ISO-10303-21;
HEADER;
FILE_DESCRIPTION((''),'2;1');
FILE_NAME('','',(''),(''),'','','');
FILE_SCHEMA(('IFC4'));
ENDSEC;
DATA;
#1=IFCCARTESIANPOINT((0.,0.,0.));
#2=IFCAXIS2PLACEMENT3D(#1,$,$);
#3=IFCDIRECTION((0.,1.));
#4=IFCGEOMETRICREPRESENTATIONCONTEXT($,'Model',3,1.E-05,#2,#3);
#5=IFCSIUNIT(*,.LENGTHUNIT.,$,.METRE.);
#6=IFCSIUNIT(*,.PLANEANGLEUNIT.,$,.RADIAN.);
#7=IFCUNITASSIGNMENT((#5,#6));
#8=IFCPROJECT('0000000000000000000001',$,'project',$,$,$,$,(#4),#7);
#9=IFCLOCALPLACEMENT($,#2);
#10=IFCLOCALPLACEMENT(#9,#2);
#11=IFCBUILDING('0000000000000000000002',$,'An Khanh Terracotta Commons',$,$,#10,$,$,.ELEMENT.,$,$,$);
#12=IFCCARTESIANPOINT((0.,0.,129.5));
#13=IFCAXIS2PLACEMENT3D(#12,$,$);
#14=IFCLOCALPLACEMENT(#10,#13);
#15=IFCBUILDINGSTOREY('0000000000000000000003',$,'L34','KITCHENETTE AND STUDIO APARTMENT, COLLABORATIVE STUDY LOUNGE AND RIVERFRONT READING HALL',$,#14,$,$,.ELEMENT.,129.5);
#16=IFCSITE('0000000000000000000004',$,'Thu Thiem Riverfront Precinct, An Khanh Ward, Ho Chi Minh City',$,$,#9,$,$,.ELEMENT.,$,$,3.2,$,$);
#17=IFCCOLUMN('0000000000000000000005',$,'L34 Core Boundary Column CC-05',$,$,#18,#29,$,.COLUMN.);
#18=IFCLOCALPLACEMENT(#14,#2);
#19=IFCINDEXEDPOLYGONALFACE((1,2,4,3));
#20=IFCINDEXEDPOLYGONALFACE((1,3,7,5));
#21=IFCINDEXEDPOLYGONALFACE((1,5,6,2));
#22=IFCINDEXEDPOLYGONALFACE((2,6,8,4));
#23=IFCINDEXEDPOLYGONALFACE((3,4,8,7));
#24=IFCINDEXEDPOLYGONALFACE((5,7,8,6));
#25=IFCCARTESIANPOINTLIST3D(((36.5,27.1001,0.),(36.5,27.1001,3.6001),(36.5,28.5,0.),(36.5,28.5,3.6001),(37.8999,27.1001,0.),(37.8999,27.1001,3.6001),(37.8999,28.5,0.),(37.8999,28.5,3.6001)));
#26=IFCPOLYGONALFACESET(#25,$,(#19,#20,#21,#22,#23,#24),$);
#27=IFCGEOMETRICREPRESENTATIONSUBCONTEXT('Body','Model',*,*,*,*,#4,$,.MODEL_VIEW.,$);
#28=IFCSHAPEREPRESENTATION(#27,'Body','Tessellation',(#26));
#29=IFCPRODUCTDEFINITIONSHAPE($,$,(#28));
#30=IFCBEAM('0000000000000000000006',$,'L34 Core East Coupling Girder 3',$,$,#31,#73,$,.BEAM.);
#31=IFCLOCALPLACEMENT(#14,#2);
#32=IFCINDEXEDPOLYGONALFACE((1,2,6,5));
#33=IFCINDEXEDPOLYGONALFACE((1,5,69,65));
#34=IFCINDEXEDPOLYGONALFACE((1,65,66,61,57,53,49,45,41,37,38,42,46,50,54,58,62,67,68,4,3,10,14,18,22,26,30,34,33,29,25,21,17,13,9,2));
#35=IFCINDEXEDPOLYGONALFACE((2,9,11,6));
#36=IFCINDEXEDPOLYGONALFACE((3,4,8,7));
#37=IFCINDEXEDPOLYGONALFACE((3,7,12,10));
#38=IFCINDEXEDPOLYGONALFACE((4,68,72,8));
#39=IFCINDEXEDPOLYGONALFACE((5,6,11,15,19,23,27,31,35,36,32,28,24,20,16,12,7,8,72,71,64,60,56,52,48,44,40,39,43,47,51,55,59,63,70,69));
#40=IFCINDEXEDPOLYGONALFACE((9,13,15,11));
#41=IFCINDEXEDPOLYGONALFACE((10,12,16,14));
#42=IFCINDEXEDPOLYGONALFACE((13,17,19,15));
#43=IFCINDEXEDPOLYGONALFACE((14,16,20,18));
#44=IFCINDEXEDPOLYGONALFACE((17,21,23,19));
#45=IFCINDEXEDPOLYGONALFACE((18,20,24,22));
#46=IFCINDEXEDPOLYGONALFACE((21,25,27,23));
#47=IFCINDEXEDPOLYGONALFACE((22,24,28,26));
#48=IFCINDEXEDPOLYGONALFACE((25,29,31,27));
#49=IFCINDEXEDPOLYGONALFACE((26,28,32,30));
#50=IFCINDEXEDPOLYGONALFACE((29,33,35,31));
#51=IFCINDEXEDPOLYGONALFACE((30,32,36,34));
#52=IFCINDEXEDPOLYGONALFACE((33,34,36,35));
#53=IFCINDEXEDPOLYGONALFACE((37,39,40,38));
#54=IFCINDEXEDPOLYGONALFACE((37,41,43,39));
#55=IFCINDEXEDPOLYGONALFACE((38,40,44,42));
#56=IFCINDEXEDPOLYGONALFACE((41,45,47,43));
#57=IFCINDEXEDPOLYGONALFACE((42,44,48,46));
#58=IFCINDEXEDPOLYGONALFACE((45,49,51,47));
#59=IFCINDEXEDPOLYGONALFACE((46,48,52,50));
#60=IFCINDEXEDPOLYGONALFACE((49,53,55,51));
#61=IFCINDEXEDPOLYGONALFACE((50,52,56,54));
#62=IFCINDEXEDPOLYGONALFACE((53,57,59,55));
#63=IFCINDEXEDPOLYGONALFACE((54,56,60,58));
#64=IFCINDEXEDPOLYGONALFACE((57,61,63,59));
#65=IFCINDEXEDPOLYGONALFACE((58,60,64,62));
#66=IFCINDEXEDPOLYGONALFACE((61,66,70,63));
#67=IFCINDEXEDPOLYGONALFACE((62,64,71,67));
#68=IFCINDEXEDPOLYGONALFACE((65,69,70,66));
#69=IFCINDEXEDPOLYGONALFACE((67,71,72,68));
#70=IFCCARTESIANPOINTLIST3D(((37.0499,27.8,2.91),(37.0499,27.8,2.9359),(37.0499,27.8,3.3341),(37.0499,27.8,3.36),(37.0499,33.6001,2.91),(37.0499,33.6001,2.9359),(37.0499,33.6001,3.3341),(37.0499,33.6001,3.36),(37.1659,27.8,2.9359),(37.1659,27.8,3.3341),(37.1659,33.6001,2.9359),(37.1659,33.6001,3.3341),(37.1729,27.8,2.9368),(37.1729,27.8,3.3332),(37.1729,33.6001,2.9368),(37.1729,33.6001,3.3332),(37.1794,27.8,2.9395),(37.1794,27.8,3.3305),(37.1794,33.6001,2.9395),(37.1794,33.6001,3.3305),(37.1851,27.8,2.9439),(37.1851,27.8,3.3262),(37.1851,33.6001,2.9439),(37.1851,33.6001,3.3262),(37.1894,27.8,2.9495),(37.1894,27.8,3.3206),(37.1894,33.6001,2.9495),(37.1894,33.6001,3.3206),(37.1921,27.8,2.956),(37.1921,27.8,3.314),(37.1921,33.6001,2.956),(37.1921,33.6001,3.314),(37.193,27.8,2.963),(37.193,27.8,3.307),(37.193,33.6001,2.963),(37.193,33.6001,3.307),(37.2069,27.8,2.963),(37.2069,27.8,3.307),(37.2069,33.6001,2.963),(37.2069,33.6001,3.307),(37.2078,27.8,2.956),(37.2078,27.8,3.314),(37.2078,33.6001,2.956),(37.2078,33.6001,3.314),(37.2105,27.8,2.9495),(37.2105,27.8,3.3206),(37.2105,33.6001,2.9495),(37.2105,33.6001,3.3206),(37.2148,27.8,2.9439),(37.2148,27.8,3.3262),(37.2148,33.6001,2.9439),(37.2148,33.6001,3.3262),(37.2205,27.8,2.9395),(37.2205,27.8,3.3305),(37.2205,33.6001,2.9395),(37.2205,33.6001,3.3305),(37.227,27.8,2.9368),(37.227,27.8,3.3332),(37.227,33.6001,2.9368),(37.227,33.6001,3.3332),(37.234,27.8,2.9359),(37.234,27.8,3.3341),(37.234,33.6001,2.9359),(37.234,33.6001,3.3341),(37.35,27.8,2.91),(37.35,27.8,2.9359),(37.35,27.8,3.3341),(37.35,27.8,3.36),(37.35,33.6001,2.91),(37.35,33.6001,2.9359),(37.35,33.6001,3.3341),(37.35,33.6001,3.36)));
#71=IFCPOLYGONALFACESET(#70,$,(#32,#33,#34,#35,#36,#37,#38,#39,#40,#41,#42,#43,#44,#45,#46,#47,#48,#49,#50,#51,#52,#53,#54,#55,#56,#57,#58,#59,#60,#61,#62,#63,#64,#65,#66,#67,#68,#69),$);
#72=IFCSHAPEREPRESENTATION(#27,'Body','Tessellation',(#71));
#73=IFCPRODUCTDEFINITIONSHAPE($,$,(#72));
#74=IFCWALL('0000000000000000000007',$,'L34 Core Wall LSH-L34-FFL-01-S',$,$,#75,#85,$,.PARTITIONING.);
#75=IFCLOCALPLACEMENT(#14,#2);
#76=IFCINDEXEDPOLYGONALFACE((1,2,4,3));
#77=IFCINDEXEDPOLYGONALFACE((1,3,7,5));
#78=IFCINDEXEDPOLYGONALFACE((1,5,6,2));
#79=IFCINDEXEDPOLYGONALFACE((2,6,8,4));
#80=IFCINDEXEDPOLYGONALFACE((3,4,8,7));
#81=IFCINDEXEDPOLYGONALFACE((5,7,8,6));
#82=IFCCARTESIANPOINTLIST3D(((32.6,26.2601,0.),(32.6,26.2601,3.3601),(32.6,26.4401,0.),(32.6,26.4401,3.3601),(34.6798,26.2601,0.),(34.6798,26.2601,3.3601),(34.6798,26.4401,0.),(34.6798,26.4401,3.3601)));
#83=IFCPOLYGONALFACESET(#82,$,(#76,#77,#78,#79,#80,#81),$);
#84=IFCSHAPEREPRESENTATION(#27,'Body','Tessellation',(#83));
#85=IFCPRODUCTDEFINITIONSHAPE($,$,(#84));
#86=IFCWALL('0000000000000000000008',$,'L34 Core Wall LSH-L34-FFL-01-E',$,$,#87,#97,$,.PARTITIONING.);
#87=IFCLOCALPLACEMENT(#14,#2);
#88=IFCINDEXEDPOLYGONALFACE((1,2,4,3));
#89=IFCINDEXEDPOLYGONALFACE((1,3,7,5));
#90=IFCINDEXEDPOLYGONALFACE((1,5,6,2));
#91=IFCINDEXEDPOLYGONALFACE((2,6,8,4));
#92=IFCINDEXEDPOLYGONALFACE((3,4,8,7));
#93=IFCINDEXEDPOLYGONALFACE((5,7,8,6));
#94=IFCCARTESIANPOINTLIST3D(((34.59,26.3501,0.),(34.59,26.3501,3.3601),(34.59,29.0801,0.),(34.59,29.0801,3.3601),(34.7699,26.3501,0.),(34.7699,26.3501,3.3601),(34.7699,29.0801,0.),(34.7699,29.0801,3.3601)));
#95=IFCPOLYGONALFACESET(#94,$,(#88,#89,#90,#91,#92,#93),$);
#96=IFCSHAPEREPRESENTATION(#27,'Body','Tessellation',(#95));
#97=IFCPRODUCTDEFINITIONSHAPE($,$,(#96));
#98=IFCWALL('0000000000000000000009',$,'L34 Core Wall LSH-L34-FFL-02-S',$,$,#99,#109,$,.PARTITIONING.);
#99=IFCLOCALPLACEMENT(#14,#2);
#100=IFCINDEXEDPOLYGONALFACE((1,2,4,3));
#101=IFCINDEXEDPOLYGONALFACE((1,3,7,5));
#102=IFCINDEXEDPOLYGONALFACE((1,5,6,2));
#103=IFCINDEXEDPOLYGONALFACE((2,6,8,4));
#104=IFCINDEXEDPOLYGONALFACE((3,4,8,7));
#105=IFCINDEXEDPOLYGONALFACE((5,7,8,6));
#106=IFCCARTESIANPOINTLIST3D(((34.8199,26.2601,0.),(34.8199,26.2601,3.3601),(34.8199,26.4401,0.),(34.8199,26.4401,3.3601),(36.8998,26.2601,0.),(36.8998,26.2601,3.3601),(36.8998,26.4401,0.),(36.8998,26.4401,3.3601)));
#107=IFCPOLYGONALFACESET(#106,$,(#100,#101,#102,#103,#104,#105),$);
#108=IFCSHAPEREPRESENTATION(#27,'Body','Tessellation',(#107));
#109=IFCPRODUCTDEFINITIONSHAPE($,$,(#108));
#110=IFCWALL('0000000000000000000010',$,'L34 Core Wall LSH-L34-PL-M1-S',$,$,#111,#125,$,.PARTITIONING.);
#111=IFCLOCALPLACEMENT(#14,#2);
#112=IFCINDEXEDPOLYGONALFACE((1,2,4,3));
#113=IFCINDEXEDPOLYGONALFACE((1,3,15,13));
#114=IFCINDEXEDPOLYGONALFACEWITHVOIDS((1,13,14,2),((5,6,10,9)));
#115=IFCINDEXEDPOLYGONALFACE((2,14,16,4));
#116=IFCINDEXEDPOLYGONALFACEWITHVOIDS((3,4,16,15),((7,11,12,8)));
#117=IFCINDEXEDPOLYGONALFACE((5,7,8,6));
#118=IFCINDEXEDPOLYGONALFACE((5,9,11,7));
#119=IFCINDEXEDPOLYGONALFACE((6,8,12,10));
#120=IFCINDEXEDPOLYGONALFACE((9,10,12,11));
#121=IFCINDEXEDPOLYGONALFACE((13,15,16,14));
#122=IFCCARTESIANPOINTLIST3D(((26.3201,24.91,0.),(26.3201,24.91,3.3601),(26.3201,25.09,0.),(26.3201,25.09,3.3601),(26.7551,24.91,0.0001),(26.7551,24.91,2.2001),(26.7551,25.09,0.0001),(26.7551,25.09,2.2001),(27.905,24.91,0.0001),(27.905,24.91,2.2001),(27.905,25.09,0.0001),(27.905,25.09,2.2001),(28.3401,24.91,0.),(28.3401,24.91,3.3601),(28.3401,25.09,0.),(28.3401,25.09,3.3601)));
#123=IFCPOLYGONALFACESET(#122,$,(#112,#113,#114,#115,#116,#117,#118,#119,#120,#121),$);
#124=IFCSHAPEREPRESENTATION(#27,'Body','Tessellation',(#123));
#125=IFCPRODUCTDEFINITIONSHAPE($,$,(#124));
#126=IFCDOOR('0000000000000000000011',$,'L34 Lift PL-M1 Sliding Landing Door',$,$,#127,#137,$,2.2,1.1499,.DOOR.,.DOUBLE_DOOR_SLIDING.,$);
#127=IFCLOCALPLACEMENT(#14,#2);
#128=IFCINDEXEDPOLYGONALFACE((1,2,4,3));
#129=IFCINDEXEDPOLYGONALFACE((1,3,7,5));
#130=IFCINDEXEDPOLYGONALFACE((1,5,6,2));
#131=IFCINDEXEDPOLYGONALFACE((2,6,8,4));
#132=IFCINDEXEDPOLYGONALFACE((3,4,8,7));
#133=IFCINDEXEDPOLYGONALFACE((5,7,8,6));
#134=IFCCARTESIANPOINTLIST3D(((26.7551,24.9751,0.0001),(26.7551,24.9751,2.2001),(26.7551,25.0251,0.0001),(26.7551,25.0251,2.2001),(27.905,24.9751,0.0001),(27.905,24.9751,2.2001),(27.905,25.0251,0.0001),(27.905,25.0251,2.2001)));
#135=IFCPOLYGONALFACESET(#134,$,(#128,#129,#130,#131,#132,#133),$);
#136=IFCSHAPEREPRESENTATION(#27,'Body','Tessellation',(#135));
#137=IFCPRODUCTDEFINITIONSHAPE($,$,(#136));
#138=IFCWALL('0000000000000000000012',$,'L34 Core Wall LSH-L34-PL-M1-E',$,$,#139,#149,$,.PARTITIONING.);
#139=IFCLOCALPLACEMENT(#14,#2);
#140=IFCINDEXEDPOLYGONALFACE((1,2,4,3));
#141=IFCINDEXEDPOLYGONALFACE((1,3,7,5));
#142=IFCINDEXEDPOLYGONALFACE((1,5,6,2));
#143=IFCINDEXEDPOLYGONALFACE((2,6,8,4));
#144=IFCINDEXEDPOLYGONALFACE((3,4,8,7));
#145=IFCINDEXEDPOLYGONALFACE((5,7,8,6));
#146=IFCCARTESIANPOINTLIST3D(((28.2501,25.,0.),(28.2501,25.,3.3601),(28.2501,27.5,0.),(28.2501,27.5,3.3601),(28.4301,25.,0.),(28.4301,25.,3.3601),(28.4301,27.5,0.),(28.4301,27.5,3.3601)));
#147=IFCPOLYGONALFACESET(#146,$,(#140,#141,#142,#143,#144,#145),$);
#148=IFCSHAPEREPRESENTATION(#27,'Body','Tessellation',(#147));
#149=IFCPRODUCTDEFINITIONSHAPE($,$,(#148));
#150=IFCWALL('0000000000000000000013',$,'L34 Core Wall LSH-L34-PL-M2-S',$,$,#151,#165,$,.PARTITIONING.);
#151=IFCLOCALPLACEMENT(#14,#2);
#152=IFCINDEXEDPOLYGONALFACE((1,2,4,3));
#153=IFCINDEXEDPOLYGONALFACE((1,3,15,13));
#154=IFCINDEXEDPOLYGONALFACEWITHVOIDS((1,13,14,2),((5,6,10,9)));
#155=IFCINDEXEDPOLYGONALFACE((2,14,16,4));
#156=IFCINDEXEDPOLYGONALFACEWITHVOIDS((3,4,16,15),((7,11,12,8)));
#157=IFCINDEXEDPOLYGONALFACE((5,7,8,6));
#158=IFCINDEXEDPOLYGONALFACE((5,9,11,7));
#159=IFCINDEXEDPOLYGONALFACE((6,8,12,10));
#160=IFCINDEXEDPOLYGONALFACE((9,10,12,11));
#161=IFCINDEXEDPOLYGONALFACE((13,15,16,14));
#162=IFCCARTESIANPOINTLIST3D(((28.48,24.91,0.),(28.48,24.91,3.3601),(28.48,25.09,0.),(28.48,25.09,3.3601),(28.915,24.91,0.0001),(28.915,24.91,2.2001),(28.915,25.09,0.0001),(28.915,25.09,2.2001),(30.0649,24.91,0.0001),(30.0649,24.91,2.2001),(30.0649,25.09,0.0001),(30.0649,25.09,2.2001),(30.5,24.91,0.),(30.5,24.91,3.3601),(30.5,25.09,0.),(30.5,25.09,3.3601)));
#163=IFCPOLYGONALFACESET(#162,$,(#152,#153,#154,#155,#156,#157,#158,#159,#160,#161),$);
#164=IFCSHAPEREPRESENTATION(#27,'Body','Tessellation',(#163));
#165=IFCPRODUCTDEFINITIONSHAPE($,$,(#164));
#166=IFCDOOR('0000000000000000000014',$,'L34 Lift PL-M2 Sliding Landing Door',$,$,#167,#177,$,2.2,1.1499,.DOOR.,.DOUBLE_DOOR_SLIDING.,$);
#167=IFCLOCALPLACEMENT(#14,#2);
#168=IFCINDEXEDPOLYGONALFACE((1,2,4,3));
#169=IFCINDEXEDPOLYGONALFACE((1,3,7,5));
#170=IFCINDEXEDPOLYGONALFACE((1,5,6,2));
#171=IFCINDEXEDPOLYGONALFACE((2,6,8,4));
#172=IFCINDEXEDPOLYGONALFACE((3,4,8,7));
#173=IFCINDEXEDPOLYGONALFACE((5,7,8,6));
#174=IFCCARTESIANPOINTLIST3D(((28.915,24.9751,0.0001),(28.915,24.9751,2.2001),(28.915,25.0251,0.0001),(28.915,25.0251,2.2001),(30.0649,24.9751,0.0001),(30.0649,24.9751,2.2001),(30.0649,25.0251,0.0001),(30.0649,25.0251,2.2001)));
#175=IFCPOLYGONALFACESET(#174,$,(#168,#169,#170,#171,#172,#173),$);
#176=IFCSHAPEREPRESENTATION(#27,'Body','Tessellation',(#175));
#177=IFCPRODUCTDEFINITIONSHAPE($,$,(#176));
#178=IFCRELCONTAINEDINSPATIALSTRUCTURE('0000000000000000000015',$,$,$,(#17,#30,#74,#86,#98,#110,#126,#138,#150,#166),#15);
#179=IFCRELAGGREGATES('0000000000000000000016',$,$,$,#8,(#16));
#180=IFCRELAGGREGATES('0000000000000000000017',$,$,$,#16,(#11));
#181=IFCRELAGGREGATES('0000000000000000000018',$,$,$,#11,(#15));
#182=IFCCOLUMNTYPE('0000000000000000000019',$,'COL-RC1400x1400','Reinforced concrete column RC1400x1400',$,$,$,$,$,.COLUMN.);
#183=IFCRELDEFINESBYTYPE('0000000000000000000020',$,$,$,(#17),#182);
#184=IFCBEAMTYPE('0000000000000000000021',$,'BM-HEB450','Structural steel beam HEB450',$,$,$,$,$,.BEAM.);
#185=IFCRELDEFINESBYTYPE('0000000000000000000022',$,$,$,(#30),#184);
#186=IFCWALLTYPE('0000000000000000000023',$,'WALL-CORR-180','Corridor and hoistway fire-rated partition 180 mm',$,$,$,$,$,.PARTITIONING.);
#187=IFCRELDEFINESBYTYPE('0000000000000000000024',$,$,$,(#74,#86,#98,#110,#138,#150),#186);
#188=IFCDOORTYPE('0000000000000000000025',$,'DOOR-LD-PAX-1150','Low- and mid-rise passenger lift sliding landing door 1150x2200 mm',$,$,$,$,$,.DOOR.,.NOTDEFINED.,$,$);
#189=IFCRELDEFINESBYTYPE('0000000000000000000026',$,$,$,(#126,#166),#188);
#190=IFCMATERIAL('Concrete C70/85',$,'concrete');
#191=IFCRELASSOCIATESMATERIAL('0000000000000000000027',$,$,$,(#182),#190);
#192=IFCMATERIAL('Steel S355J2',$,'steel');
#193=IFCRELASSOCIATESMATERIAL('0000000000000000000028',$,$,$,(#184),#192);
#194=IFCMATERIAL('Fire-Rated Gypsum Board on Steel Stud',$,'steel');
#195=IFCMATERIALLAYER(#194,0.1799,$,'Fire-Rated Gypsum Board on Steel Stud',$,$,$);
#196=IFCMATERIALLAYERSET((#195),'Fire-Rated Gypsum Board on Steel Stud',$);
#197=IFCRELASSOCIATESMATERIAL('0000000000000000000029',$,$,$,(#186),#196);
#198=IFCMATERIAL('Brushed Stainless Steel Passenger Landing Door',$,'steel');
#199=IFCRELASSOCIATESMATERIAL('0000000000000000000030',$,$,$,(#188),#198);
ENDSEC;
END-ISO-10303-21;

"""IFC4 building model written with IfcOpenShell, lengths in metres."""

from ifc_helpers import new_model, si_unit, direction, frame, frame_2d, origin, origin_2d, place, context, subcontext, project, spatial, rectangle, i_section, extrude, material, layer, layer_set, material_profile, profile_set, type_object, element, fill, save


model = new_model("IFC4")

# Units and contexts
model_context = context("Model", 3, precision=1e-05, world=origin(), true_north=direction((0.0, 1.0)))
body_context = subcontext(model_context, "Body", "Model", "MODEL_VIEW")
ifc_project = project(units=[si_unit("LENGTHUNIT", "METRE"), si_unit("PLANEANGLEUNIT", "RADIAN")], contexts=[model_context])

# Site, building, storey
site_placement = place(None, origin())
site = spatial("IfcSite", under=ifc_project, at=site_placement, Name="Thu Thiem Riverfront Precinct, An Khanh Ward, Ho Chi Minh City", CompositionType="ELEMENT", RefElevation=3.2)
building_placement = place(site_placement, origin())
building = spatial("IfcBuilding", under=site, at=building_placement, Name="An Khanh Terracotta Commons", CompositionType="ELEMENT")
storey_placement = place(building_placement, frame((0.0, 0.0, 129.5)))
storey = spatial("IfcBuildingStorey", under=building, at=storey_placement, Name="L34", Description="KITCHENETTE AND STUDIO APARTMENT, COLLABORATIVE STUDY LOUNGE AND RIVERFRONT READING HALL", CompositionType="ELEMENT", Elevation=129.5)

# Column
ifc_material_1 = material(Name="Concrete C70/85", Category="concrete")
ifc_material_profile_1 = material_profile(ifc_material_1, rectangle(XDim=1.3999, YDim=1.3999, at=origin_2d()), Name="RC1400x1400")
ifc_profile_set_1 = profile_set([ifc_material_profile_1], Name="Concrete C70/85")
column_type = type_object("IfcColumnType", Name="COL-RC1400x1400", Description="Reinforced concrete column RC1400x1400", PredefinedType="COLUMN", material=ifc_profile_set_1)
column_placement = place(storey_placement, frame((37.2, 27.8, 0.0), z_axis=(0.0, 0.0, 1.0), x_axis=(1.0, 0.0, 0.0)))
element("IfcColumn", 1, at=column_placement, inside=storey, type_object=column_type, Name="L34 Core Boundary Column CC-05", PredefinedType="COLUMN", context=body_context, shape_type="SweptSolid", body=[
    extrude(rectangle(XDim=1.3999, YDim=1.3999, at=origin_2d()), origin(), (0.0, 0.0, 1.0), 3.6001),
])

# Beam
ifc_material_2 = material(Name="Steel S355J2", Category="steel")
ifc_material_profile_2 = material_profile(ifc_material_2, i_section(OverallWidth=0.3, OverallDepth=0.45, WebThickness=0.0139, FlangeThickness=0.0259, FilletRadius=0.0271, at=origin_2d()), Name="HEB450")
ifc_profile_set_2 = profile_set([ifc_material_profile_2], Name="Steel S355J2")
beam_type = type_object("IfcBeamType", Name="BM-HEB450", Description="Structural steel beam HEB450", PredefinedType="BEAM", material=ifc_profile_set_2)
beam_placement = place(storey_placement, frame((37.2, 27.8, 3.135), z_axis=(0.0, 1.0, 0.0), x_axis=(-1.0, 0.0, 0.0)))
element("IfcBeam", 2, at=beam_placement, inside=storey, type_object=beam_type, Name="L34 Core East Coupling Girder 3", PredefinedType="BEAM", context=body_context, shape_type="SweptSolid", body=[
    extrude(i_section(OverallWidth=0.3, OverallDepth=0.45, WebThickness=0.0139, FlangeThickness=0.0259, FilletRadius=0.0271, at=origin_2d()), origin(), (0.0, 0.0, 1.0), 5.8),
])

# Walls
ifc_material_3 = material(Name="Fire-Rated Gypsum Board on Steel Stud", Category="steel")
ifc_layer_1 = layer(ifc_material_3, 0.1799, Name="Fire-Rated Gypsum Board on Steel Stud")
ifc_layer_set_1 = layer_set([ifc_layer_1], Name="Fire-Rated Gypsum Board on Steel Stud")
wall_type_1 = type_object("IfcWallType", Name="WALL-CORR-180", Description="Corridor and hoistway fire-rated partition 180 mm", PredefinedType="PARTITIONING", material=ifc_layer_set_1)
wall_1_placement = place(storey_placement, frame((34.6799, 26.3501, 0.0), z_axis=(0.0, 0.0, 1.0), x_axis=(-1.0, 0.0, 0.0)))
element("IfcWall", 3, at=wall_1_placement, inside=storey, type_object=wall_type_1, Name="L34 Core Wall LSH-L34-FFL-01-S", PredefinedType="PARTITIONING", context=body_context, shape_type="SweptSolid", body=[
    extrude(rectangle(XDim=2.0798, YDim=0.1799, at=frame_2d((1.04, 0.0))), origin(), (0.0, 0.0, 1.0), 3.3601),
])
wall_2_placement = place(storey_placement, frame((34.6799, 26.3501, 0.0), z_axis=(0.0, 0.0, 1.0), x_axis=(0.0, 1.0, 0.0)))
element("IfcWall", 4, at=wall_2_placement, inside=storey, type_object=wall_type_1, Name="L34 Core Wall LSH-L34-FFL-01-E", PredefinedType="PARTITIONING", context=body_context, shape_type="SweptSolid", body=[
    extrude(rectangle(XDim=2.73, YDim=0.1799, at=frame_2d((1.365, 0.0))), origin(), (0.0, 0.0, 1.0), 3.3601),
])
wall_3_placement = place(storey_placement, frame((36.8999, 26.3501, 0.0), z_axis=(0.0, 0.0, 1.0), x_axis=(-1.0, 0.0, 0.0)))
element("IfcWall", 5, at=wall_3_placement, inside=storey, type_object=wall_type_1, Name="L34 Core Wall LSH-L34-FFL-02-S", PredefinedType="PARTITIONING", context=body_context, shape_type="SweptSolid", body=[
    extrude(rectangle(XDim=2.0798, YDim=0.1799, at=frame_2d((1.04, 0.0))), origin(), (0.0, 0.0, 1.0), 3.3601),
])

# Wall, opening, door
wall_4_placement = place(storey_placement, frame((28.3401, 25.0, 0.0), z_axis=(0.0, 0.0, 1.0), x_axis=(-1.0, 0.0, 0.0)))
wall_4 = element("IfcWall", 6, at=wall_4_placement, inside=storey, type_object=wall_type_1, Name="L34 Core Wall LSH-L34-PL-M1-S", PredefinedType="PARTITIONING", context=body_context, shape_type="SweptSolid", body=[
    extrude(rectangle(XDim=2.02, YDim=0.1799, at=frame_2d((1.01, 0.0))), origin(), (0.0, 0.0, 1.0), 3.3601),
])
opening_1_placement = place(wall_4_placement, frame((0.4351, 0.0, 0.0)))
opening_1 = element("IfcOpeningElement", 7, at=opening_1_placement, cuts=wall_4, PredefinedType="OPENING", context=body_context, shape_type="SweptSolid", body=[
    extrude(rectangle(XDim=1.1499, YDim=2.2, at=frame_2d((0.575, 1.1001))), frame((0.0, 0.0999, 0.0), z_axis=(0.0, -1.0, 0.0), x_axis=(1.0, 0.0, 0.0)), (0.0, 0.0, 1.0), 0.2),
])
ifc_material_4 = material(Name="Brushed Stainless Steel Passenger Landing Door", Category="steel")
door_type = type_object("IfcDoorType", Name="DOOR-LD-PAX-1150", Description="Low- and mid-rise passenger lift sliding landing door 1150x2200 mm", OperationType="NOTDEFINED", PredefinedType="DOOR", material=ifc_material_4)
door_1_placement = place(opening_1_placement, origin())
door_1 = element("IfcDoor", 8, at=door_1_placement, inside=storey, type_object=door_type, Name="L34 Lift PL-M1 Sliding Landing Door", OperationType="DOUBLE_DOOR_SLIDING", OverallHeight=2.2, OverallWidth=1.1499, PredefinedType="DOOR", context=body_context, shape_type="SweptSolid", body=[
    extrude(rectangle(XDim=1.1499, YDim=2.2, at=frame_2d((0.575, 1.1001))), frame((0.0, 0.0249, 0.0), z_axis=(0.0, -1.0, 0.0), x_axis=(1.0, 0.0, 0.0)), (0.0, 0.0, 1.0), 0.05),
])
fill(opening_1, door_1)

# Wall
wall_5_placement = place(storey_placement, frame((28.3401, 25.0, 0.0), z_axis=(0.0, 0.0, 1.0), x_axis=(0.0, 1.0, 0.0)))
element("IfcWall", 9, at=wall_5_placement, inside=storey, type_object=wall_type_1, Name="L34 Core Wall LSH-L34-PL-M1-E", PredefinedType="PARTITIONING", context=body_context, shape_type="SweptSolid", body=[
    extrude(rectangle(XDim=2.5, YDim=0.1799, at=frame_2d((1.25, 0.0))), origin(), (0.0, 0.0, 1.0), 3.3601),
])

# Wall, opening, door
wall_6_placement = place(storey_placement, frame((30.5, 25.0, 0.0), z_axis=(0.0, 0.0, 1.0), x_axis=(-1.0, 0.0, 0.0)))
wall_6 = element("IfcWall", 10, at=wall_6_placement, inside=storey, type_object=wall_type_1, Name="L34 Core Wall LSH-L34-PL-M2-S", PredefinedType="PARTITIONING", context=body_context, shape_type="SweptSolid", body=[
    extrude(rectangle(XDim=2.02, YDim=0.1799, at=frame_2d((1.01, 0.0))), origin(), (0.0, 0.0, 1.0), 3.3601),
])
opening_2_placement = place(wall_6_placement, frame((0.4351, 0.0, 0.0)))
opening_2 = element("IfcOpeningElement", 11, at=opening_2_placement, cuts=wall_6, PredefinedType="OPENING", context=body_context, shape_type="SweptSolid", body=[
    extrude(rectangle(XDim=1.1499, YDim=2.2, at=frame_2d((0.575, 1.1001))), frame((0.0, 0.0999, 0.0), z_axis=(0.0, -1.0, 0.0), x_axis=(1.0, 0.0, 0.0)), (0.0, 0.0, 1.0), 0.2),
])
door_2_placement = place(opening_2_placement, origin())
door_2 = element("IfcDoor", 12, at=door_2_placement, inside=storey, type_object=door_type, Name="L34 Lift PL-M2 Sliding Landing Door", OperationType="DOUBLE_DOOR_SLIDING", OverallHeight=2.2, OverallWidth=1.1499, PredefinedType="DOOR", context=body_context, shape_type="SweptSolid", body=[
    extrude(rectangle(XDim=1.1499, YDim=2.2, at=frame_2d((0.575, 1.1001))), frame((0.0, 0.0249, 0.0), z_axis=(0.0, -1.0, 0.0), x_axis=(1.0, 0.0, 0.0)), (0.0, 0.0, 1.0), 0.05),
])
fill(opening_2, door_2)

save(model, "model.ifc")
